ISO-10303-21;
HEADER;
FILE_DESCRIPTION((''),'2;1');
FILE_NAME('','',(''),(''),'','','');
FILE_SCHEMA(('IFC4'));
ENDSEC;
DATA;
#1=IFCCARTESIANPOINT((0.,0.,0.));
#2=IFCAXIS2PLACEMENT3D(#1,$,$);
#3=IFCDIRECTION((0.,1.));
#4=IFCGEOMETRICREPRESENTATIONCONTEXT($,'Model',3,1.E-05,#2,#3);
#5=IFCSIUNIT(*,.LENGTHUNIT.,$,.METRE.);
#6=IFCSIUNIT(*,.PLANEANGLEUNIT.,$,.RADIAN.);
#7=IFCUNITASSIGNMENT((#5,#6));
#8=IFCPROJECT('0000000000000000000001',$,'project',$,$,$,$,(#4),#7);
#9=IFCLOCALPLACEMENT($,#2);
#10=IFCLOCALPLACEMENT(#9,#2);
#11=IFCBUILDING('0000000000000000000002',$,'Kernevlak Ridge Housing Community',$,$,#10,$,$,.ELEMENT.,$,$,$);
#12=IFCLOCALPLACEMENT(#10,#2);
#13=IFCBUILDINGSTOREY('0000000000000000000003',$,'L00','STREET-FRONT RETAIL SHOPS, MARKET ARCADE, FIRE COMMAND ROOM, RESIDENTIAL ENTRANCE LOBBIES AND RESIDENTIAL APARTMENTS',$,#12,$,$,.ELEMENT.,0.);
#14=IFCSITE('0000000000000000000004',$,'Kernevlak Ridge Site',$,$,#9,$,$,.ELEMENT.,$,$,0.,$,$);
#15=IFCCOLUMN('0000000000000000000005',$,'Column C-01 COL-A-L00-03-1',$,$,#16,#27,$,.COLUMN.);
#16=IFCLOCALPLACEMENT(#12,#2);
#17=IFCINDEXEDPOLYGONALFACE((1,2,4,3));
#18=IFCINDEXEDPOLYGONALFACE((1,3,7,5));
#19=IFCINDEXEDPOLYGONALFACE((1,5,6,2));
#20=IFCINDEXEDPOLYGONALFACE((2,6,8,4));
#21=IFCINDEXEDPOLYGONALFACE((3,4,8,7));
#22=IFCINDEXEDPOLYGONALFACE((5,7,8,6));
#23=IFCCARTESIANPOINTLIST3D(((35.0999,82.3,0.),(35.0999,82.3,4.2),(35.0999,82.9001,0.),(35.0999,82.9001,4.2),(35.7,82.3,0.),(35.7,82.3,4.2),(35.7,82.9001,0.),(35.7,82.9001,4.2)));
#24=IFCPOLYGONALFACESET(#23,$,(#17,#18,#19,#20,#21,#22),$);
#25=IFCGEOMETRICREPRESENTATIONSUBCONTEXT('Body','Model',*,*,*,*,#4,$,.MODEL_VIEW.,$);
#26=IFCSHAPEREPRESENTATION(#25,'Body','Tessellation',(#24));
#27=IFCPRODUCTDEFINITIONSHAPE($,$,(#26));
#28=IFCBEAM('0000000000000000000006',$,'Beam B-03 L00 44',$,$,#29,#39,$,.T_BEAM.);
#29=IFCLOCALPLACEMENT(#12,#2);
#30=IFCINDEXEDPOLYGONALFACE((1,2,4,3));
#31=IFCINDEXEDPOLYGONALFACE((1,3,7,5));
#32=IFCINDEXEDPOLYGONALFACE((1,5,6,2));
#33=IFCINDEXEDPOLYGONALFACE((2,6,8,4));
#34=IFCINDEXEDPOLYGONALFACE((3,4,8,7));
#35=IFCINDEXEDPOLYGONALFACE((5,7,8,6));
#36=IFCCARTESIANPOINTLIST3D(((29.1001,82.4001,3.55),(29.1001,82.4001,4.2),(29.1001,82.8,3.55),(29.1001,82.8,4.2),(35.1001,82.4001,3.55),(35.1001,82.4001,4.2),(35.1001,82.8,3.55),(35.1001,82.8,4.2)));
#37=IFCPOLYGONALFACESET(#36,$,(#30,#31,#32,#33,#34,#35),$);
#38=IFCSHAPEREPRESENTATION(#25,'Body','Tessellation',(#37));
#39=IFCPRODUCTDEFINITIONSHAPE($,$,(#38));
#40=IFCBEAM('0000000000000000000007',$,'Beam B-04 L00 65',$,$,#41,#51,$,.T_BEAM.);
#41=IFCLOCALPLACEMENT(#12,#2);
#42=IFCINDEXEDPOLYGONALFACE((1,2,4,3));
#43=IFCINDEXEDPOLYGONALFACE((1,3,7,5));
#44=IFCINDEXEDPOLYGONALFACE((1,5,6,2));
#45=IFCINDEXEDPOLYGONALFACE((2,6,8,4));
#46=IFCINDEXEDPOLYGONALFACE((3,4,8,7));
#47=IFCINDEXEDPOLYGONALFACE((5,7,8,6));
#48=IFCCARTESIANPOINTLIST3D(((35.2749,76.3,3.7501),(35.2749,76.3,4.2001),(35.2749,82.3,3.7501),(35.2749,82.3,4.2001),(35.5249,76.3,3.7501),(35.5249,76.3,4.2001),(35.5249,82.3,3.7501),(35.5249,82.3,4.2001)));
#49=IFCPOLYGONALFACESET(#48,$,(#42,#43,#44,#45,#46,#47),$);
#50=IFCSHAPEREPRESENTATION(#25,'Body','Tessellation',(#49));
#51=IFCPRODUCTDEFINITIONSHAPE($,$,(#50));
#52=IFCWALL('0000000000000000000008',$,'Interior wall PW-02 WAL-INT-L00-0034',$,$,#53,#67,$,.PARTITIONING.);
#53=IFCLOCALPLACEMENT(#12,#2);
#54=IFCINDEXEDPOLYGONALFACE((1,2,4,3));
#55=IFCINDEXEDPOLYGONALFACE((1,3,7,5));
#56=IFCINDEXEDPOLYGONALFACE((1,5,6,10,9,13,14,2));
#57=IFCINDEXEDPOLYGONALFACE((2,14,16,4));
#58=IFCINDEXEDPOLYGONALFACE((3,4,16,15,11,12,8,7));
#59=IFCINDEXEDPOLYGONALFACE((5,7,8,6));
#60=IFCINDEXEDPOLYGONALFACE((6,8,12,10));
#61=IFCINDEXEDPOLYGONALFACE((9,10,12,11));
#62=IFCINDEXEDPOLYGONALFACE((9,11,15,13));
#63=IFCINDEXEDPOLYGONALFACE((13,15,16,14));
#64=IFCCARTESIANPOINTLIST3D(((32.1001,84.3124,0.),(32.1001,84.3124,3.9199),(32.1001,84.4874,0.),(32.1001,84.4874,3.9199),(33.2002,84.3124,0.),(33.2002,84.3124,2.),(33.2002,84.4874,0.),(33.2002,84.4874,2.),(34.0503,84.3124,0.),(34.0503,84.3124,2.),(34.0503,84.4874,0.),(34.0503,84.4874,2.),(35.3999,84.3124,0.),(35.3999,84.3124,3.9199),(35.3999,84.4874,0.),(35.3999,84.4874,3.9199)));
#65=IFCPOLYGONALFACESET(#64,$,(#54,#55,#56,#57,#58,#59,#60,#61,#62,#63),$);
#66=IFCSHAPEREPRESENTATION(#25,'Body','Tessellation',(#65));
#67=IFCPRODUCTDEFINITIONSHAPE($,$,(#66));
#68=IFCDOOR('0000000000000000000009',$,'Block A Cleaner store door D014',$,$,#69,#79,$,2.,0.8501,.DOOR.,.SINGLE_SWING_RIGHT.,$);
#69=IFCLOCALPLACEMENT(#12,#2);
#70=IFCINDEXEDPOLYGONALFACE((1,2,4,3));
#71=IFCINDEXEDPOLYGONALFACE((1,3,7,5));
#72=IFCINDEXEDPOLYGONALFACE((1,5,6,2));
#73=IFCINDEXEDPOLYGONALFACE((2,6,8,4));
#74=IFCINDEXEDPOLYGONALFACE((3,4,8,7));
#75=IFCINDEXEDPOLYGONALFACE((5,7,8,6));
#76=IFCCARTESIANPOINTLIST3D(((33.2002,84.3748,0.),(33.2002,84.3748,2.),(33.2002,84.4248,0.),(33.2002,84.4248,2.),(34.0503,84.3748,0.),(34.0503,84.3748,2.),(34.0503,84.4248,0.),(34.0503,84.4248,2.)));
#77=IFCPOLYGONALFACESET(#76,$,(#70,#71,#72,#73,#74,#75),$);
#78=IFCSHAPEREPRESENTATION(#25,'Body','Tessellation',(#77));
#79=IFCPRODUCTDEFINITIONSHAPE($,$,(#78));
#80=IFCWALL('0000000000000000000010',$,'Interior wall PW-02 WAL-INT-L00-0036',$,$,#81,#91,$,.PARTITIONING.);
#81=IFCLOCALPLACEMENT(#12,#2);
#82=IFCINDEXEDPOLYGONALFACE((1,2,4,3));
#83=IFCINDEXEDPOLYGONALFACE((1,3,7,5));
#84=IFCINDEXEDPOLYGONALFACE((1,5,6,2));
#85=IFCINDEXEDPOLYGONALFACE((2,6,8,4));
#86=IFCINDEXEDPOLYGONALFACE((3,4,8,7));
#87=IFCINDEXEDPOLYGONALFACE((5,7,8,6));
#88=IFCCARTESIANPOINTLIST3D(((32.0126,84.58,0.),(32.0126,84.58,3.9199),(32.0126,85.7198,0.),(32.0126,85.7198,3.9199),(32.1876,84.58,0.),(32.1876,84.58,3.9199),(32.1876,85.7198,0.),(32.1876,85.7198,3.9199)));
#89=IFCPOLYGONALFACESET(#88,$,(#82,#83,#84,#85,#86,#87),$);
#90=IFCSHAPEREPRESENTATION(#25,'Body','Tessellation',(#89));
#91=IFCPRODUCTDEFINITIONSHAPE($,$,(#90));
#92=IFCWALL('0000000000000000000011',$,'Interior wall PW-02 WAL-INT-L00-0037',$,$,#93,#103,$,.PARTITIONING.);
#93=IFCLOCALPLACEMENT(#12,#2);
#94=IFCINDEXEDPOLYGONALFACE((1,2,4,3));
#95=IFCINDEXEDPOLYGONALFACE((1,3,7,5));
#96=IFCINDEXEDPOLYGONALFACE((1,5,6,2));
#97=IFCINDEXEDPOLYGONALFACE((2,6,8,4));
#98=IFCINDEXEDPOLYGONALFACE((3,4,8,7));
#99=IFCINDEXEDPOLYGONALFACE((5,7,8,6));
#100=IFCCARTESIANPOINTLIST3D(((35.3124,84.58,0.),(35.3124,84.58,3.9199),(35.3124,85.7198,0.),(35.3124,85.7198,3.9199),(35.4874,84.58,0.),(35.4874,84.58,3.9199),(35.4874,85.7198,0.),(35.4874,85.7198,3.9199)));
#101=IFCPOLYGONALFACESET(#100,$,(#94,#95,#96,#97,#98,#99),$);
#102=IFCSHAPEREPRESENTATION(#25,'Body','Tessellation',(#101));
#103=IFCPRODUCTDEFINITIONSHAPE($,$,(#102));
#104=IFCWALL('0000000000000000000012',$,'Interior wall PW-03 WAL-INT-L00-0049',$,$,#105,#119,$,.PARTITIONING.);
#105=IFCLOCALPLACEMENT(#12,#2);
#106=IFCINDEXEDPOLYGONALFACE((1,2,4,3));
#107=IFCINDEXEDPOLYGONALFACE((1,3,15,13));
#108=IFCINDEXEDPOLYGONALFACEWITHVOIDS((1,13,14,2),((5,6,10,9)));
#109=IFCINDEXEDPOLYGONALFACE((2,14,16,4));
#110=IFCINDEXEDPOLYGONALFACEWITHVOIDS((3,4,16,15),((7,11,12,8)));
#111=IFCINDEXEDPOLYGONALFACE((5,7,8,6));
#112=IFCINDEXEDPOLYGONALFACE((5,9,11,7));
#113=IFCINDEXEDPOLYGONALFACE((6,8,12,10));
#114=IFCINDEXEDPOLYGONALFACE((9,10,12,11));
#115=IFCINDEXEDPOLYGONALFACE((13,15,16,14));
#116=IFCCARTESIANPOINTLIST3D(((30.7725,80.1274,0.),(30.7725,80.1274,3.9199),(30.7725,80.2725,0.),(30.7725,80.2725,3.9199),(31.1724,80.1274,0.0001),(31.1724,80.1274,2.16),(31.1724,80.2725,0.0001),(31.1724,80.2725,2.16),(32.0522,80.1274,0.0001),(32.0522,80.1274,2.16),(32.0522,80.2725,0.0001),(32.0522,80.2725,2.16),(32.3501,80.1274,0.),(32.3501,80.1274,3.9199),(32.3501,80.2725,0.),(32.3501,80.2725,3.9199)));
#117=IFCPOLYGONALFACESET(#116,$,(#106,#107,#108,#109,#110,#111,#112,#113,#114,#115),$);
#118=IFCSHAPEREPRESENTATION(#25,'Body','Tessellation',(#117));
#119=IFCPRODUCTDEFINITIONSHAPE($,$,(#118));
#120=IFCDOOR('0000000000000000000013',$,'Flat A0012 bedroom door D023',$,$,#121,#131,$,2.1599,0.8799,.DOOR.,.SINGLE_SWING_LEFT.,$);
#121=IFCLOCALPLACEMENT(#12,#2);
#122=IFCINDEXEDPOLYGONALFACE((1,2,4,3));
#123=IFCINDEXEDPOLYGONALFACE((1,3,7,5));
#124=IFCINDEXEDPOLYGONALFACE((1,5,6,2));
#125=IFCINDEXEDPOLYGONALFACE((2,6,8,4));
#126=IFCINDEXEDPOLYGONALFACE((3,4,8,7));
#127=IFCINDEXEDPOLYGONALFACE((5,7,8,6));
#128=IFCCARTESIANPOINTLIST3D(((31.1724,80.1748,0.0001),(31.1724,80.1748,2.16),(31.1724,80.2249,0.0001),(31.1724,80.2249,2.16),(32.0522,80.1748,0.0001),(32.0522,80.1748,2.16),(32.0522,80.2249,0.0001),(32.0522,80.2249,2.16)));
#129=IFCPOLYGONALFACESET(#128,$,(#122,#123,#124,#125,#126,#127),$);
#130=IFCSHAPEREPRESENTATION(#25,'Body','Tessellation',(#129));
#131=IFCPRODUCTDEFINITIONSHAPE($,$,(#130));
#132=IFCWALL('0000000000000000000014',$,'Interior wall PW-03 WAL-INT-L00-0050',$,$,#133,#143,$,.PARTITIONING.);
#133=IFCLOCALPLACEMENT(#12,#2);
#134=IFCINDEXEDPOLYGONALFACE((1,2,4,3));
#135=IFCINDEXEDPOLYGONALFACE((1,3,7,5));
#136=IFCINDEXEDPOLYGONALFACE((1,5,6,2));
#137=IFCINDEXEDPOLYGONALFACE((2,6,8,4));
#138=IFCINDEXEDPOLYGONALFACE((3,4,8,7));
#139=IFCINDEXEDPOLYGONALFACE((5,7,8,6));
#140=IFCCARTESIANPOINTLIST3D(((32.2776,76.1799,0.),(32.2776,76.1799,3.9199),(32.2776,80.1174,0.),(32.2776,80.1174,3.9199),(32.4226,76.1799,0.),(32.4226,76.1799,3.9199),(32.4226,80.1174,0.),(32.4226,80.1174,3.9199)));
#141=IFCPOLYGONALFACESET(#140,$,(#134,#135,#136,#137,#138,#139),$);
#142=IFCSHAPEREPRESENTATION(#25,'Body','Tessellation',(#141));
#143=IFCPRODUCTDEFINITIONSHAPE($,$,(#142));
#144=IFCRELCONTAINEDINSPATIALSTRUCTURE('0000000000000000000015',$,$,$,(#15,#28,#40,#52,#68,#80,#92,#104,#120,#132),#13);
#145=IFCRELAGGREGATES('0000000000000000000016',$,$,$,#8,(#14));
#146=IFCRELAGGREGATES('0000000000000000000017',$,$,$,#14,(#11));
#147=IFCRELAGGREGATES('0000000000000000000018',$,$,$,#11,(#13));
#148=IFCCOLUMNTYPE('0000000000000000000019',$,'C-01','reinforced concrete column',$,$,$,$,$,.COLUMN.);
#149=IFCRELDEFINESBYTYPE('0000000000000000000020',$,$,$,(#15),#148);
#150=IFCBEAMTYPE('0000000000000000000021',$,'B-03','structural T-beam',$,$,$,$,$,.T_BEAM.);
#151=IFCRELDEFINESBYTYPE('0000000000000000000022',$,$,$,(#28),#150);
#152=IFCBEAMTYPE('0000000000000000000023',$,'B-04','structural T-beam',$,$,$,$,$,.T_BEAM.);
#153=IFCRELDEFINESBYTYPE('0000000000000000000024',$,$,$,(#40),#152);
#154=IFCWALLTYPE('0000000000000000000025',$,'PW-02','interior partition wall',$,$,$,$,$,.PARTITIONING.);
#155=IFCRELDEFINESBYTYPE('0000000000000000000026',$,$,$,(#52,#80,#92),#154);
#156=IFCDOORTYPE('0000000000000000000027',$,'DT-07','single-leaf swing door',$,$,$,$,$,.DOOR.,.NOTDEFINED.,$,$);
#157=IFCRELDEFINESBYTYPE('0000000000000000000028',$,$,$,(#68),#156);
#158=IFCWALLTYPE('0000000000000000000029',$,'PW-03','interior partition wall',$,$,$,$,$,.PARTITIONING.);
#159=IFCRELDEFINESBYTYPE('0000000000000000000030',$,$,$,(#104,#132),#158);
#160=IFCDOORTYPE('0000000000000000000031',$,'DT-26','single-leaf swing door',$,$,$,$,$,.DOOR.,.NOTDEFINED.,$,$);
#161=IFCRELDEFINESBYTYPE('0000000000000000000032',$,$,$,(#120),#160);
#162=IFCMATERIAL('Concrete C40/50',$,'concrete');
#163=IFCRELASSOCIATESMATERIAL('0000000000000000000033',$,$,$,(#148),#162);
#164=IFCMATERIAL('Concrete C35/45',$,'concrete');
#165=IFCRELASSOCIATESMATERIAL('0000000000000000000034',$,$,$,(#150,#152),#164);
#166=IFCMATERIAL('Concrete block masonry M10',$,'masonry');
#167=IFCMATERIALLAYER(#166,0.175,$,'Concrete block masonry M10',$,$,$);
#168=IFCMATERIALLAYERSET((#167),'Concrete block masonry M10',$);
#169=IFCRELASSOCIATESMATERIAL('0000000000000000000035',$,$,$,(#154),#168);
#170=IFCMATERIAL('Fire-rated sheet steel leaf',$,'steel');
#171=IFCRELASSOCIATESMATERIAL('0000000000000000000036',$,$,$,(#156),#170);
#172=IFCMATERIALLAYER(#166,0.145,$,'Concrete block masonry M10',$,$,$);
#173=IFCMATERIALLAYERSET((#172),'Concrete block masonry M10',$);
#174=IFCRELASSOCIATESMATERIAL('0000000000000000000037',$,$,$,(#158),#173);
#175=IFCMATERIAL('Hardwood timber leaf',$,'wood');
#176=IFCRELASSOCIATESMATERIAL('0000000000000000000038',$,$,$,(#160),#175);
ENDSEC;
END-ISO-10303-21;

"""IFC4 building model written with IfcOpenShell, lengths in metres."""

from ifc_helpers import new_model, si_unit, direction, frame, frame_2d, origin, origin_2d, place, context, subcontext, project, spatial, rectangle, extrude, material, layer, layer_set, material_profile, profile_set, type_object, element, fill, save


model = new_model("IFC4")

# Units and contexts
model_context = context("Model", 3, precision=1e-05, world=origin(), true_north=direction((0.0, 1.0)))
body_context = subcontext(model_context, "Body", "Model", "MODEL_VIEW")
ifc_project = project(units=[si_unit("LENGTHUNIT", "METRE"), si_unit("PLANEANGLEUNIT", "RADIAN")], contexts=[model_context])

# Site, building, storey
site_placement = place(None, origin())
site = spatial("IfcSite", under=ifc_project, at=site_placement, Name="Kernevlak Ridge Site", CompositionType="ELEMENT", RefElevation=0.0)
building_placement = place(site_placement, origin())
building = spatial("IfcBuilding", under=site, at=building_placement, Name="Kernevlak Ridge Housing Community", CompositionType="ELEMENT")
storey_placement = place(building_placement, origin())
storey = spatial("IfcBuildingStorey", under=building, at=storey_placement, Name="L00", Description="STREET-FRONT RETAIL SHOPS, MARKET ARCADE, FIRE COMMAND ROOM, RESIDENTIAL ENTRANCE LOBBIES AND RESIDENTIAL APARTMENTS", CompositionType="ELEMENT", Elevation=0.0)

# Column
ifc_material_1 = material(Name="Concrete C40/50", Category="concrete")
ifc_material_profile_1 = material_profile(ifc_material_1, rectangle(XDim=0.6001, YDim=0.6001, at=origin_2d()), Name="RC 600x600")
ifc_profile_set_1 = profile_set([ifc_material_profile_1], Name="Concrete C40/50")
column_type = type_object("IfcColumnType", Name="C-01", Description="reinforced concrete column", PredefinedType="COLUMN", material=ifc_profile_set_1)
column_placement = place(storey_placement, frame((35.3999, 82.6001, 0.0), z_axis=(0.0, 0.0, 1.0), x_axis=(1.0, 0.0, 0.0)))
element("IfcColumn", 1, at=column_placement, inside=storey, type_object=column_type, Name="Column C-01 COL-A-L00-03-1", PredefinedType="COLUMN", context=body_context, shape_type="SweptSolid", body=[
    extrude(rectangle(XDim=0.6001, YDim=0.6001, at=origin_2d()), origin(), (0.0, 0.0, 1.0), 4.2),
])

# Beams
ifc_material_2 = material(Name="Concrete C35/45", Category="concrete")
ifc_material_profile_2 = material_profile(ifc_material_2, rectangle(XDim=0.3999, YDim=0.6499, at=origin_2d()), Name="RC 400x650")
ifc_profile_set_2 = profile_set([ifc_material_profile_2], Name="Concrete C35/45")
beam_type_1 = type_object("IfcBeamType", Name="B-03", Description="structural T-beam", PredefinedType="T_BEAM", material=ifc_profile_set_2)
beam_1_placement = place(storey_placement, frame((29.1001, 82.6001, 3.875), z_axis=(1.0, 0.0, 0.0), x_axis=(0.0, 1.0, 0.0)))
element("IfcBeam", 2, at=beam_1_placement, inside=storey, type_object=beam_type_1, Name="Beam B-03 L00 44", PredefinedType="T_BEAM", context=body_context, shape_type="SweptSolid", body=[
    extrude(rectangle(XDim=0.3999, YDim=0.6499, at=origin_2d()), origin(), (0.0, 0.0, 1.0), 6.0),
])
ifc_material_profile_3 = material_profile(ifc_material_2, rectangle(XDim=0.25, YDim=0.45, at=origin_2d()), Name="RC 250x450")
ifc_profile_set_3 = profile_set([ifc_material_profile_3], Name="Concrete C35/45")
beam_type_2 = type_object("IfcBeamType", Name="B-04", Description="structural T-beam", PredefinedType="T_BEAM", material=ifc_profile_set_3)
beam_2_placement = place(storey_placement, frame((35.3999, 76.3, 3.9751), z_axis=(0.0, 1.0, 0.0), x_axis=(-1.0, 0.0, 0.0)))
element("IfcBeam", 3, at=beam_2_placement, inside=storey, type_object=beam_type_2, Name="Beam B-04 L00 65", PredefinedType="T_BEAM", context=body_context, shape_type="SweptSolid", body=[
    extrude(rectangle(XDim=0.25, YDim=0.45, at=origin_2d()), origin(), (0.0, 0.0, 1.0), 6.0),
])

# Wall, opening, door
ifc_material_3 = material(Name="Concrete block masonry M10", Category="masonry")
ifc_layer_1 = layer(ifc_material_3, 0.175, Name="Concrete block masonry M10")
ifc_layer_set_1 = layer_set([ifc_layer_1], Name="Concrete block masonry M10")
wall_type_1 = type_object("IfcWallType", Name="PW-02", Description="interior partition wall", PredefinedType="PARTITIONING", material=ifc_layer_set_1)
wall_1_placement = place(storey_placement, frame((32.1001, 84.3999, 0.0), z_axis=(0.0, 0.0, 1.0), x_axis=(1.0, 0.0, 0.0)))
wall_1 = element("IfcWall", 4, at=wall_1_placement, inside=storey, type_object=wall_type_1, Name="Interior wall PW-02 WAL-INT-L00-0034", PredefinedType="PARTITIONING", context=body_context, shape_type="SweptSolid", body=[
    extrude(rectangle(XDim=3.2998, YDim=0.175, at=frame_2d((1.6499, 0.0))), origin(), (0.0, 0.0, 1.0), 3.9199),
])
opening_1_placement = place(wall_1_placement, frame((1.1001, 0.0, 0.0)))
opening_1 = element("IfcOpeningElement", 5, at=opening_1_placement, cuts=wall_1, PredefinedType="OPENING", context=body_context, shape_type="SweptSolid", body=[
    extrude(rectangle(XDim=0.8501, YDim=2.0, at=frame_2d((0.425, 1.0))), frame((0.0, 0.0974, 0.0), z_axis=(0.0, -1.0, 0.0), x_axis=(1.0, 0.0, 0.0)), (0.0, 0.0, 1.0), 0.1951),
])
ifc_material_4 = material(Name="Fire-rated sheet steel leaf", Category="steel")
door_type_1 = type_object("IfcDoorType", Name="DT-07", Description="single-leaf swing door", OperationType="NOTDEFINED", PredefinedType="DOOR", material=ifc_material_4)
door_1_placement = place(opening_1_placement, origin())
door_1 = element("IfcDoor", 6, at=door_1_placement, inside=storey, type_object=door_type_1, Name="Block A Cleaner store door D014", OperationType="SINGLE_SWING_RIGHT", OverallHeight=2.0, OverallWidth=0.8501, PredefinedType="DOOR", context=body_context, shape_type="SweptSolid", body=[
    extrude(rectangle(XDim=0.8501, YDim=2.0, at=frame_2d((0.425, 1.0))), frame((0.0, 0.0249, 0.0), z_axis=(0.0, -1.0, 0.0), x_axis=(1.0, 0.0, 0.0)), (0.0, 0.0, 1.0), 0.05),
])
fill(opening_1, door_1)

# Walls
for number, where, z_axis, x_axis, name in (
    (7, (32.1001, 84.5801, 0.0), (0.0, 0.0, 1.0), (0.0, 1.0, 0.0), "Interior wall PW-02 WAL-INT-L00-0036"),
    (8, (35.3999, 84.5801, 0.0), (0.0, 0.0, 1.0), (0.0, 1.0, 0.0), "Interior wall PW-02 WAL-INT-L00-0037"),
):
    element("IfcWall", number, at=place(storey_placement, frame(where, z_axis=z_axis, x_axis=x_axis)), inside=storey, type_object=wall_type_1, Name=name, PredefinedType="PARTITIONING", context=body_context, shape_type="SweptSolid", body=[
        extrude(rectangle(XDim=1.1399, YDim=0.175, at=frame_2d((0.5698, 0.0))), origin(), (0.0, 0.0, 1.0), 3.9199),
    ])

# Wall, opening, door
ifc_layer_2 = layer(ifc_material_3, 0.145, Name="Concrete block masonry M10")
ifc_layer_set_2 = layer_set([ifc_layer_2], Name="Concrete block masonry M10")
wall_type_2 = type_object("IfcWallType", Name="PW-03", Description="interior partition wall", PredefinedType="PARTITIONING", material=ifc_layer_set_2)
wall_2_placement = place(storey_placement, frame((30.7725, 80.2, 0.0), z_axis=(0.0, 0.0, 1.0), x_axis=(1.0, 0.0, 0.0)))
wall_2 = element("IfcWall", 9, at=wall_2_placement, inside=storey, type_object=wall_type_2, Name="Interior wall PW-03 WAL-INT-L00-0049", PredefinedType="PARTITIONING", context=body_context, shape_type="SweptSolid", body=[
    extrude(rectangle(XDim=1.5776, YDim=0.145, at=frame_2d((0.7888, 0.0))), origin(), (0.0, 0.0, 1.0), 3.9199),
])
opening_2_placement = place(wall_2_placement, frame((0.3999, 0.0, 0.0)))
opening_2 = element("IfcOpeningElement", 10, at=opening_2_placement, cuts=wall_2, PredefinedType="OPENING", context=body_context, shape_type="SweptSolid", body=[
    extrude(rectangle(XDim=0.8799, YDim=2.1599, at=frame_2d((0.4399, 1.0801))), frame((0.0, 0.0825, 0.0), z_axis=(0.0, -1.0, 0.0), x_axis=(1.0, 0.0, 0.0)), (0.0, 0.0, 1.0), 0.165),
])
ifc_material_5 = material(Name="Hardwood timber leaf", Category="wood")
door_type_2 = type_object("IfcDoorType", Name="DT-26", Description="single-leaf swing door", OperationType="NOTDEFINED", PredefinedType="DOOR", material=ifc_material_5)
door_2_placement = place(opening_2_placement, origin())
door_2 = element("IfcDoor", 11, at=door_2_placement, inside=storey, type_object=door_type_2, Name="Flat A0012 bedroom door D023", OperationType="SINGLE_SWING_LEFT", OverallHeight=2.1599, OverallWidth=0.8799, PredefinedType="DOOR", context=body_context, shape_type="SweptSolid", body=[
    extrude(rectangle(XDim=0.8799, YDim=2.1599, at=frame_2d((0.4399, 1.0801))), frame((0.0, 0.0249, 0.0), z_axis=(0.0, -1.0, 0.0), x_axis=(1.0, 0.0, 0.0)), (0.0, 0.0, 1.0), 0.05),
])
fill(opening_2, door_2)

# Wall
wall_3_placement = place(storey_placement, frame((32.3501, 80.1174, 0.0), z_axis=(0.0, 0.0, 1.0), x_axis=(0.0, -1.0, 0.0)))
element("IfcWall", 12, at=wall_3_placement, inside=storey, type_object=wall_type_2, Name="Interior wall PW-03 WAL-INT-L00-0050", PredefinedType="PARTITIONING", context=body_context, shape_type="SweptSolid", body=[
    extrude(rectangle(XDim=3.9375, YDim=0.145, at=frame_2d((1.9688, 0.0))), origin(), (0.0, 0.0, 1.0), 3.9199),
])

save(model, "model.ifc")
